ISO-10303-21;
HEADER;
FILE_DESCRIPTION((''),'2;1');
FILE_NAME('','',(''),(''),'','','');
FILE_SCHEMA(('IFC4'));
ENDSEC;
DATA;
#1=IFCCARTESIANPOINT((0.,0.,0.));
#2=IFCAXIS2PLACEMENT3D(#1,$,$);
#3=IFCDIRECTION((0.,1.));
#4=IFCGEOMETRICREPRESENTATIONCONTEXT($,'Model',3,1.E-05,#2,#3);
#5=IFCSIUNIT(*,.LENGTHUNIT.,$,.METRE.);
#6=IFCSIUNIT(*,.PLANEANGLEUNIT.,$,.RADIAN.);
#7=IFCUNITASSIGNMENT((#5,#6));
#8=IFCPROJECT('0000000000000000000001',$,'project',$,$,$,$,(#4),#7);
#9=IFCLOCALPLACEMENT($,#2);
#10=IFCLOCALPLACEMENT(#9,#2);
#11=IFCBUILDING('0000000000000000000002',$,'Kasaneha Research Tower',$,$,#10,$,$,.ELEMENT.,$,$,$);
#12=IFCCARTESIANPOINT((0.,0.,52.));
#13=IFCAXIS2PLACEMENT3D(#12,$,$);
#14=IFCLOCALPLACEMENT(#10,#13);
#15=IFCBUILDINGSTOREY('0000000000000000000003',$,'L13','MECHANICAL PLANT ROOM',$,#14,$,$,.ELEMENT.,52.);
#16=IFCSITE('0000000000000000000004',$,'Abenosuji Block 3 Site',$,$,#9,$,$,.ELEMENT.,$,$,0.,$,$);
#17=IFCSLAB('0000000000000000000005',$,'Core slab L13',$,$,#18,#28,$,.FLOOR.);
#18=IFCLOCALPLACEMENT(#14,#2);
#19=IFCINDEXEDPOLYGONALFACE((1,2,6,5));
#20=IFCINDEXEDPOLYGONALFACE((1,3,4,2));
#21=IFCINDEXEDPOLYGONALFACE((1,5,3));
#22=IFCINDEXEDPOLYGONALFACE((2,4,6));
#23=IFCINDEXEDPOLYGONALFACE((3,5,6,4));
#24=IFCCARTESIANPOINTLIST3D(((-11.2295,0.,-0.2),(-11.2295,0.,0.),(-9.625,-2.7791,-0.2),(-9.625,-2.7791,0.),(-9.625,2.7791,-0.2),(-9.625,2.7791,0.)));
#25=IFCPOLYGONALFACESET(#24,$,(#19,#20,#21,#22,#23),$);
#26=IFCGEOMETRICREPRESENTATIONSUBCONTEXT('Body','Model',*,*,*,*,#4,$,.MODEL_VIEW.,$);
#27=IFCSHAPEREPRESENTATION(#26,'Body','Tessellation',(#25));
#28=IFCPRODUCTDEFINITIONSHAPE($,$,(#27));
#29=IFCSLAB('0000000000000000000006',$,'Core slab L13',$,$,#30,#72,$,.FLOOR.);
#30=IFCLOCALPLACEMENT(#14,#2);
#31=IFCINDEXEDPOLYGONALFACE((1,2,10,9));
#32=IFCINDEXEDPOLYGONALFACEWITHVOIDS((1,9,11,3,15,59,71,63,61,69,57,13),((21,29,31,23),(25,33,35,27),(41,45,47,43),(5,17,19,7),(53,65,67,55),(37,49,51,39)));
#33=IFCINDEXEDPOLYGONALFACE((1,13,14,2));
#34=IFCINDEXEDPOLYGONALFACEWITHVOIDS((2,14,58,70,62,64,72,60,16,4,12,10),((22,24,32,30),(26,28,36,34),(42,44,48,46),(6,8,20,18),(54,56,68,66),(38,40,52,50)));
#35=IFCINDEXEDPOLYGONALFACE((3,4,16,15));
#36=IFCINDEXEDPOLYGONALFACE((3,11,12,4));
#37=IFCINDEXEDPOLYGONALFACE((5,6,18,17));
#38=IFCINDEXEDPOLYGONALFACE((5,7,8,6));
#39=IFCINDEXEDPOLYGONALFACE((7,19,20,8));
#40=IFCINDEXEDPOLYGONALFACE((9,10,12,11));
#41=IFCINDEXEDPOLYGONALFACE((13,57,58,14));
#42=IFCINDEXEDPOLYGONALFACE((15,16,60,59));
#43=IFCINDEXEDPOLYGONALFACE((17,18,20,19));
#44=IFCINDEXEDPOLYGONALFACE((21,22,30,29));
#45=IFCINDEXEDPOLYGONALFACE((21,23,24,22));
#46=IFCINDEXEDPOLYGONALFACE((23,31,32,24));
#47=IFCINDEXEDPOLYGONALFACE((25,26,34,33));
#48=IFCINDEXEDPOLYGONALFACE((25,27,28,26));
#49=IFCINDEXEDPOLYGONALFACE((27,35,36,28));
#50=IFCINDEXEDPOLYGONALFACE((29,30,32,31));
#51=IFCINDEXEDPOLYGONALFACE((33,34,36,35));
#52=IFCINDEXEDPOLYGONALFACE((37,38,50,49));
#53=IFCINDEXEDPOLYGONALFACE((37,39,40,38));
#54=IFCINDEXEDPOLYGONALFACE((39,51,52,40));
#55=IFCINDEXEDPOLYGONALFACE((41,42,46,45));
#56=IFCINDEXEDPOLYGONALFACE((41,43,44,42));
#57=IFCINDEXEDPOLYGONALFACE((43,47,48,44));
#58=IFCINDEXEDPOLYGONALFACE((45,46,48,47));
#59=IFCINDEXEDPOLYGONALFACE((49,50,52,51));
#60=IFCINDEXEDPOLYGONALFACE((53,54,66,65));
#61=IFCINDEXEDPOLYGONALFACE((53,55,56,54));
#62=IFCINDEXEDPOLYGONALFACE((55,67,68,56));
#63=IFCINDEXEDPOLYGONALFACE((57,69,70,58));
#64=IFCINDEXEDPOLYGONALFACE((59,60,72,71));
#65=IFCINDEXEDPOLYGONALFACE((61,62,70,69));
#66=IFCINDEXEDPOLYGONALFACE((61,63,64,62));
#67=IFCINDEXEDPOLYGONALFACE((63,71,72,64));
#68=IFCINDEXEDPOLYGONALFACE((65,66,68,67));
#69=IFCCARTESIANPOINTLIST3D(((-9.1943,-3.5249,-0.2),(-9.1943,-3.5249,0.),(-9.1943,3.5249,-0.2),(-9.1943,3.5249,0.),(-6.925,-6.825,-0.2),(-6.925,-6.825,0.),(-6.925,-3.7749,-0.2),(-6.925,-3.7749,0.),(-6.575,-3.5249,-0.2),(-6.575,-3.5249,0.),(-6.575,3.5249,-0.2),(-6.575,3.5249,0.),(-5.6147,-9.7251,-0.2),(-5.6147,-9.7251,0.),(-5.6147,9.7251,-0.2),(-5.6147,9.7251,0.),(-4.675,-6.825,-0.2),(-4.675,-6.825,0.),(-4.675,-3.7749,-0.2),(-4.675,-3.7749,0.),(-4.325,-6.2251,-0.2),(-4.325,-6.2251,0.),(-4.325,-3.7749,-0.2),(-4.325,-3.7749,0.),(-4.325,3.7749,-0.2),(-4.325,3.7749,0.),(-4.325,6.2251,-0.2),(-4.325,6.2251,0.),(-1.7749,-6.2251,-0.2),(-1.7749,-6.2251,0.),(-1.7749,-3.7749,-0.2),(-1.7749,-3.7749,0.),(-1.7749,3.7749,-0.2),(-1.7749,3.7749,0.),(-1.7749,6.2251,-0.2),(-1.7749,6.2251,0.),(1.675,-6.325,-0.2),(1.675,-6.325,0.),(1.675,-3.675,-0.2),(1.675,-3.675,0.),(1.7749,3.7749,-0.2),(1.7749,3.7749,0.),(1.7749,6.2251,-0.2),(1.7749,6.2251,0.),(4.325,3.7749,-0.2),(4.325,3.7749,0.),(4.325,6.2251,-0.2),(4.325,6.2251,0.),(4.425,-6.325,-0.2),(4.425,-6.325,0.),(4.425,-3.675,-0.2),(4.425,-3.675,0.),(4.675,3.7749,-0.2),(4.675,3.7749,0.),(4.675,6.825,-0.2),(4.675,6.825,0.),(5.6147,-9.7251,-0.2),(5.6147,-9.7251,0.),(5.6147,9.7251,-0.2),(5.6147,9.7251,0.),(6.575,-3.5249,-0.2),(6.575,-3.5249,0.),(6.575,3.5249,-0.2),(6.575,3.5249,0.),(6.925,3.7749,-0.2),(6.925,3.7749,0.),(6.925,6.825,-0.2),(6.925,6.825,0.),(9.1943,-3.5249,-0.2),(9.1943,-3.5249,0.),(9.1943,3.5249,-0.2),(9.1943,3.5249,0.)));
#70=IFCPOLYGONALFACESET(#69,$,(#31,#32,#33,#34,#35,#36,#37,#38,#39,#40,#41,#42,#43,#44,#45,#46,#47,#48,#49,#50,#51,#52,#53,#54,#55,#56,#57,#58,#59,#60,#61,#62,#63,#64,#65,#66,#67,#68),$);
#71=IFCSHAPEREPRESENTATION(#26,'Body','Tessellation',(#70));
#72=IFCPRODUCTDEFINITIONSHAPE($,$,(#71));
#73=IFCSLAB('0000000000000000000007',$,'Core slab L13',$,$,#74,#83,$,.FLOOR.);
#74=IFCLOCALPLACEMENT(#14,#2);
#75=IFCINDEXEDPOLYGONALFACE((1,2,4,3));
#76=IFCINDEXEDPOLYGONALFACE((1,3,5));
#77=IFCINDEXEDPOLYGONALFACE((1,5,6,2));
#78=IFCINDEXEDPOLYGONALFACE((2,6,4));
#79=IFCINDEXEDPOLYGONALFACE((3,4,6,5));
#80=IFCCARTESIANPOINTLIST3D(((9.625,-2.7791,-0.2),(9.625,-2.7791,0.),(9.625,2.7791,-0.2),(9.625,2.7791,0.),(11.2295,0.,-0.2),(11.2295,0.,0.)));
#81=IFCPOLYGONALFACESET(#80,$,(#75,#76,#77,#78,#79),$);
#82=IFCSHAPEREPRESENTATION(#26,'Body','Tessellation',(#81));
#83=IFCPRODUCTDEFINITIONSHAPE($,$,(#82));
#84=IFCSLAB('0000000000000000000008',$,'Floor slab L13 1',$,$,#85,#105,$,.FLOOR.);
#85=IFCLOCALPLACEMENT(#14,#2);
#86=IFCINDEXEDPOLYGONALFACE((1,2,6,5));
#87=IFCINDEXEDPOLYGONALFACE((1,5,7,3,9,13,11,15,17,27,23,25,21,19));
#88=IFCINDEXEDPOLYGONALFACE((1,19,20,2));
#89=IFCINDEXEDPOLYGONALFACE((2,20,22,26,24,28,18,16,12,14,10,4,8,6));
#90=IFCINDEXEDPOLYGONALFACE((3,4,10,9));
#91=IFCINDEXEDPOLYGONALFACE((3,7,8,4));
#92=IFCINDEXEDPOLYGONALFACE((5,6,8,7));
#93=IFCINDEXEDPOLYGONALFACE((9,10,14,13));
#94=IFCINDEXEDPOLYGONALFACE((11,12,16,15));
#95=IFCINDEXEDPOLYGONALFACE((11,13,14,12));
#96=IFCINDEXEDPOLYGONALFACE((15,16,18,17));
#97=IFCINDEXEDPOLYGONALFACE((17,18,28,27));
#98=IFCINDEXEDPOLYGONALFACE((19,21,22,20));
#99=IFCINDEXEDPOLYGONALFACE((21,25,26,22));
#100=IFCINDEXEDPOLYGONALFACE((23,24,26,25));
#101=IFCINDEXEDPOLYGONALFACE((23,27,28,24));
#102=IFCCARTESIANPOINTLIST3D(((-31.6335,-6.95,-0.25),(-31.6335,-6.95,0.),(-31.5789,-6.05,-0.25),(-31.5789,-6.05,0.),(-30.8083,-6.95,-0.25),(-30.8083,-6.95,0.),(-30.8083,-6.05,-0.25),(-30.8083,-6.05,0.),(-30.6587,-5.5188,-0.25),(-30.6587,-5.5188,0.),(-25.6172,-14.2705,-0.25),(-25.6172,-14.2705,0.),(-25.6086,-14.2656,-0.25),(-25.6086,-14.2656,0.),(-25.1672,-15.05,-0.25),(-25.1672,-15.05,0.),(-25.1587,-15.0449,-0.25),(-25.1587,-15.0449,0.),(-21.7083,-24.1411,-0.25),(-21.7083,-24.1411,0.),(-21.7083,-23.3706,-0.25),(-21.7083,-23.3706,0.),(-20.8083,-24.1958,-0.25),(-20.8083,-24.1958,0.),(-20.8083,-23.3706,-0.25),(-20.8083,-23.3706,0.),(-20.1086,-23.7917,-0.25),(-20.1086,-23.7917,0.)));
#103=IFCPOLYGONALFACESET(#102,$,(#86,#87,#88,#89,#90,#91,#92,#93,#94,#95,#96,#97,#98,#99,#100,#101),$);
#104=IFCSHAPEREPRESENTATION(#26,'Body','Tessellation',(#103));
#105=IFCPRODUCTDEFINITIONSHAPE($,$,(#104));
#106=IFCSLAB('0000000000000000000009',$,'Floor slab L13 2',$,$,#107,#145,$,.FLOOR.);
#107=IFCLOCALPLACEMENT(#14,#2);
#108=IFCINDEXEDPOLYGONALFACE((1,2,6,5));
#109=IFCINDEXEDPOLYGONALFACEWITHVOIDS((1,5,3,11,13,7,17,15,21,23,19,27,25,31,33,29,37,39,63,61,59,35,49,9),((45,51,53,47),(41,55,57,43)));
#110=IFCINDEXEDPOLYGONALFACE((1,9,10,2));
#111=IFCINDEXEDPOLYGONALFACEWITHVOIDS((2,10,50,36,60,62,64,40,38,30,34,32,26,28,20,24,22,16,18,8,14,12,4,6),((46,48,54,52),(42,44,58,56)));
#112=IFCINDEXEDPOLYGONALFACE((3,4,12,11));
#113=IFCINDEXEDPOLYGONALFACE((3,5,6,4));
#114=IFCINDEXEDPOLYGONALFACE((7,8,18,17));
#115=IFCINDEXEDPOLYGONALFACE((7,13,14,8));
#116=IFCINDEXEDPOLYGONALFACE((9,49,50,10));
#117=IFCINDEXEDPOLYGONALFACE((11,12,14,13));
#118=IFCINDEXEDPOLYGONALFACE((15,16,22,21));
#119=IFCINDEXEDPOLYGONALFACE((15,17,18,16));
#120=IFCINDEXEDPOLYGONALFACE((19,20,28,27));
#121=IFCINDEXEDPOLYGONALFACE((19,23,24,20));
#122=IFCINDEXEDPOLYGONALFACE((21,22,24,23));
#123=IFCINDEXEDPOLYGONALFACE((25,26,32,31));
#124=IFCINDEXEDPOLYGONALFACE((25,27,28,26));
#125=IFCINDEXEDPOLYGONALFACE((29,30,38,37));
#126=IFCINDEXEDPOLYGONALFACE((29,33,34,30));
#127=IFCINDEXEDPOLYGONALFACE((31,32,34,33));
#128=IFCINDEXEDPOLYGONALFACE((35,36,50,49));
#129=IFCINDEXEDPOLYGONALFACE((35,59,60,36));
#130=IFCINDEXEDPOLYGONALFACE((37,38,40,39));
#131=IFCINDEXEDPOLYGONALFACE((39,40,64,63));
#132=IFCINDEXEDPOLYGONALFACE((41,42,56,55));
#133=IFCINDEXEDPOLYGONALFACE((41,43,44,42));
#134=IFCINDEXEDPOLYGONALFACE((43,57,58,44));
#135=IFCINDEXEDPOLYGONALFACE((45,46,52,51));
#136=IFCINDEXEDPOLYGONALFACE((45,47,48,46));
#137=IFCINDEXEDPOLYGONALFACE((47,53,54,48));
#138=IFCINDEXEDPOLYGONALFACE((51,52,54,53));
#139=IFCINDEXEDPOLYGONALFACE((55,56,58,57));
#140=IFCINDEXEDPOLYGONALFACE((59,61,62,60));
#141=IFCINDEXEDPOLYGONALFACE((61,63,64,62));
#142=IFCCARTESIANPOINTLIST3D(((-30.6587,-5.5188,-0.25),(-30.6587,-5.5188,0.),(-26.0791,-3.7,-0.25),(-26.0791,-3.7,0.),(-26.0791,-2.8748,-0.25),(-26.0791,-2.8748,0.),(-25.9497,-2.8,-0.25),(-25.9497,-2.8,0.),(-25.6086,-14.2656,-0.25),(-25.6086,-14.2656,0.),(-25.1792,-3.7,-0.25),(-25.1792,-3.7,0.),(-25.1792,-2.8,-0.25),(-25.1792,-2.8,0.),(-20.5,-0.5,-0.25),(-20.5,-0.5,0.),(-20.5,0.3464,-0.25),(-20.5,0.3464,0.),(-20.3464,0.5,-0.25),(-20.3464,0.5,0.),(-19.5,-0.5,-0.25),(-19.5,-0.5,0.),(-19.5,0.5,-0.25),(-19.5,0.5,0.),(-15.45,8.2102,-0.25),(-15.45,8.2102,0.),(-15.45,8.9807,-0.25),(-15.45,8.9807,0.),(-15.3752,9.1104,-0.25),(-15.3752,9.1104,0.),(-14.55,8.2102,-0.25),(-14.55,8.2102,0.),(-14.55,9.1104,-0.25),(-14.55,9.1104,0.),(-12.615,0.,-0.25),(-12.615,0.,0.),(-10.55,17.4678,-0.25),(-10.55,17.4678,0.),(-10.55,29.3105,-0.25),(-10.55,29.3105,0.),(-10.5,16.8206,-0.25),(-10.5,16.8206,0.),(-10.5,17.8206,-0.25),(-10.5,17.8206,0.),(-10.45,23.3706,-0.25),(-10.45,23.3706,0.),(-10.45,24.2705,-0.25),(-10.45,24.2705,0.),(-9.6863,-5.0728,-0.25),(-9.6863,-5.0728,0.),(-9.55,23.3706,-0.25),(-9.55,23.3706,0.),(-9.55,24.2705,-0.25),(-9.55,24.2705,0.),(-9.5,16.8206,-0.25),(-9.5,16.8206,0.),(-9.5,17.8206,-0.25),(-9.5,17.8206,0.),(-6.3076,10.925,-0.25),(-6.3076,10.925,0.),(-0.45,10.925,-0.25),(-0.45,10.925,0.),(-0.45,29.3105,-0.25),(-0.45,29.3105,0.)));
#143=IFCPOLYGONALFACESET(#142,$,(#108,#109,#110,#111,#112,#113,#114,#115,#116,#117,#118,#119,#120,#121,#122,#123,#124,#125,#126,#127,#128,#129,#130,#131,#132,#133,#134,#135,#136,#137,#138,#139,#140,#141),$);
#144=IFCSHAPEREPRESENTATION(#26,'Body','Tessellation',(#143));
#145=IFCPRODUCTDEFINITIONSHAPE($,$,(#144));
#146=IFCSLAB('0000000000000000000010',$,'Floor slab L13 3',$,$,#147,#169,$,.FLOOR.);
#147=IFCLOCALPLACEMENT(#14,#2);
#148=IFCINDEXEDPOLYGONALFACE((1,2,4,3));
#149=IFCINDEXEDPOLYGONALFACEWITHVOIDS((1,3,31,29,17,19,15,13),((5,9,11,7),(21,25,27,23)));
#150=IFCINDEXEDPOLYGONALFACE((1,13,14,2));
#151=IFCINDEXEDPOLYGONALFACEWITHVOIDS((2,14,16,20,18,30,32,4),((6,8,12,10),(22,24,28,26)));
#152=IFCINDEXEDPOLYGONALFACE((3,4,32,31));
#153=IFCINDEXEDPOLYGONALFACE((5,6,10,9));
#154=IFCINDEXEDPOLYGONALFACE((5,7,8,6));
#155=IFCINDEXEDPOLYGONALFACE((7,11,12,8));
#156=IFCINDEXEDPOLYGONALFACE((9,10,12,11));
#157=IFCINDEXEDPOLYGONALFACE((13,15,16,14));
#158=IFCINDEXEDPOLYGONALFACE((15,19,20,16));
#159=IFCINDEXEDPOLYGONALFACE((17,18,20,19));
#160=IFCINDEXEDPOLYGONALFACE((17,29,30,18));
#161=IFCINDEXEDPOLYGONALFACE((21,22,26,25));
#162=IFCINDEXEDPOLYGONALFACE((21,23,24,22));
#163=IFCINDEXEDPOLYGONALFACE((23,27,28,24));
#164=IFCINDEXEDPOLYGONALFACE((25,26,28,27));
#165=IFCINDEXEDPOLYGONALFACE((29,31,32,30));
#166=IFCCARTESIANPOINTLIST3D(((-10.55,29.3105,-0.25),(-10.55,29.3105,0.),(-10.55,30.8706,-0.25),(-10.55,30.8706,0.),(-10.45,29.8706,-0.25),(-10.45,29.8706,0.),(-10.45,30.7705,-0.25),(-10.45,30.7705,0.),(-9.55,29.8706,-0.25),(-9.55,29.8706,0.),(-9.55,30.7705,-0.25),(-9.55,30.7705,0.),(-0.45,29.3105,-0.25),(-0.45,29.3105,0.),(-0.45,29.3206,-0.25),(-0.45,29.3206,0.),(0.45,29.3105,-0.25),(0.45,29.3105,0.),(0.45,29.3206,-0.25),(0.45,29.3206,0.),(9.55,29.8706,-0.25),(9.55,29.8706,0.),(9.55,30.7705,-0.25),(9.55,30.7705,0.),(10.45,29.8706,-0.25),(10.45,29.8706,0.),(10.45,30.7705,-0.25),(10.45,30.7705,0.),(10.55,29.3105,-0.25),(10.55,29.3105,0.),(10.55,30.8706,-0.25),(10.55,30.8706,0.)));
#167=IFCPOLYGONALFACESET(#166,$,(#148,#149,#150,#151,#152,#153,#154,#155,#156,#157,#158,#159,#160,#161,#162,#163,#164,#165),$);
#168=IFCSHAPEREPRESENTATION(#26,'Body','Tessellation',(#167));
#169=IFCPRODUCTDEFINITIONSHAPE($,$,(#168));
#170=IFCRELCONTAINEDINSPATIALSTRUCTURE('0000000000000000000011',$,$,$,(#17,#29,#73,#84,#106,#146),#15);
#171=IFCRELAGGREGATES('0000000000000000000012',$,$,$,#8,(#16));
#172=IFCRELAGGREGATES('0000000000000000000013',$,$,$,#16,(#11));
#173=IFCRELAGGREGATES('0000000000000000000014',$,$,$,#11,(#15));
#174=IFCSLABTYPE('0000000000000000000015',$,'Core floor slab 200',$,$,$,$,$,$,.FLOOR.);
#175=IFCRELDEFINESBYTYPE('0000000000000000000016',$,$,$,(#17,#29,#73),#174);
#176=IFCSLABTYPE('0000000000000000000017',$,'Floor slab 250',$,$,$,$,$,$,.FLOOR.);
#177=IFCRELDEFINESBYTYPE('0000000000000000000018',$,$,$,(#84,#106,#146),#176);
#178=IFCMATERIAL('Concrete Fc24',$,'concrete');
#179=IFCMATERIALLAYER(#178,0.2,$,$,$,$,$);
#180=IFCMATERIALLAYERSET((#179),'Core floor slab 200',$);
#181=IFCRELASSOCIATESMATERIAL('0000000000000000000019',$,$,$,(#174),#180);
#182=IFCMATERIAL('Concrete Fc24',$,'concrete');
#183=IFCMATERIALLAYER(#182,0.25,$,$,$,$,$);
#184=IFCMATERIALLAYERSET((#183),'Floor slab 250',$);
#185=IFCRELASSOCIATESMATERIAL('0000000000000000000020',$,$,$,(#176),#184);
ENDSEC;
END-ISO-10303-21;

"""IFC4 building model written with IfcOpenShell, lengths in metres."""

from ifc_helpers import new_model, si_unit, direction, frame, origin, place, context, subcontext, project, spatial, polyline, outline, extrude, material, layer, layer_set, type_object, element, save


model = new_model("IFC4")

# Units and contexts
model_context = context("Model", 3, precision=1e-05, world=origin(), true_north=direction((0.0, 1.0)))
body_context = subcontext(model_context, "Body", "Model", "MODEL_VIEW")
ifc_project = project(units=[si_unit("LENGTHUNIT", "METRE"), si_unit("PLANEANGLEUNIT", "RADIAN")], contexts=[model_context])

# Site, building, storey
site_placement = place(None, origin())
site = spatial("IfcSite", under=ifc_project, at=site_placement, Name="Abenosuji Block 3 Site", CompositionType="ELEMENT", RefElevation=0.0)
building_placement = place(site_placement, origin())
building = spatial("IfcBuilding", under=site, at=building_placement, Name="Kasaneha Research Tower", CompositionType="ELEMENT")
storey_placement = place(building_placement, frame((0.0, 0.0, 52.0)))
storey = spatial("IfcBuildingStorey", under=building, at=storey_placement, Name="L13", Description="MECHANICAL PLANT ROOM", CompositionType="ELEMENT", Elevation=52.0)

# Slabs
ifc_material_1 = material(Name="Concrete Fc24", Category="concrete")
ifc_layer_1 = layer(ifc_material_1, 0.2)
ifc_layer_set_1 = layer_set([ifc_layer_1], Name="Core floor slab 200")
slab_type_1 = type_object("IfcSlabType", Name="Core floor slab 200", PredefinedType="FLOOR", material=ifc_layer_set_1)
slab_1_placement = place(storey_placement, frame((0.0, 0.0, -0.2)))
element("IfcSlab", 1, at=slab_1_placement, inside=storey, type_object=slab_type_1, Name="Core slab L13", PredefinedType="FLOOR", context=body_context, shape_type="SweptSolid", body=[
    extrude(outline(polyline([(-11.2295, 0.0), (-9.625, 2.7791), (-9.625, -2.7791), (-11.2295, 0.0)])), origin(), (0.0, 0.0, 1.0), 0.2),
])
slab_2_placement = place(storey_placement, frame((0.0, 0.0, -0.2)))
element("IfcSlab", 2, at=slab_2_placement, inside=storey, type_object=slab_type_1, Name="Core slab L13", PredefinedType="FLOOR", context=body_context, shape_type="SweptSolid", body=[
    extrude(outline(polyline([(-5.6147, 9.7251), (5.6147, 9.7251), (9.1943, 3.5249), (6.575, 3.5249), (6.575, -3.5249), (9.1943, -3.5249), (5.6147, -9.7251), (-5.6147, -9.7251), (-9.1943, -3.5249), (-6.575, -3.5249), (-6.575, 3.5249), (-9.1943, 3.5249), (-5.6147, 9.7251)]), holes=[polyline([(-6.925, -3.7749), (-6.925, -6.825), (-4.675, -6.825), (-4.675, -3.7749), (-6.925, -3.7749)]), polyline([(-4.325, -3.7749), (-4.325, -6.2251), (-1.7749, -6.2251), (-1.7749, -3.7749), (-4.325, -3.7749)]), polyline([(1.675, -3.675), (1.675, -6.325), (4.425, -6.325), (4.425, -3.675), (1.675, -3.675)]), polyline([(-4.325, 6.2251), (-4.325, 3.7749), (-1.7749, 3.7749), (-1.7749, 6.2251), (-4.325, 6.2251)]), polyline([(1.7749, 6.2251), (1.7749, 3.7749), (4.325, 3.7749), (4.325, 6.2251), (1.7749, 6.2251)]), polyline([(4.675, 6.825), (4.675, 3.7749), (6.925, 3.7749), (6.925, 6.825), (4.675, 6.825)])]), origin(), (0.0, 0.0, 1.0), 0.2),
])
slab_3_placement = place(storey_placement, frame((0.0, 0.0, -0.2)))
element("IfcSlab", 3, at=slab_3_placement, inside=storey, type_object=slab_type_1, Name="Core slab L13", PredefinedType="FLOOR", context=body_context, shape_type="SweptSolid", body=[
    extrude(outline(polyline([(11.2295, 0.0), (9.625, -2.7791), (9.625, 2.7791), (11.2295, 0.0)])), origin(), (0.0, 0.0, 1.0), 0.2),
])
ifc_material_2 = material(Name="Concrete Fc24", Category="concrete")
ifc_layer_2 = layer(ifc_material_2, 0.25)
ifc_layer_set_2 = layer_set([ifc_layer_2], Name="Floor slab 250")
slab_type_2 = type_object("IfcSlabType", Name="Floor slab 250", PredefinedType="FLOOR", material=ifc_layer_set_2)
slab_4_placement = place(storey_placement, frame((0.0, 0.0, -0.25)))
element("IfcSlab", 4, at=slab_4_placement, inside=storey, type_object=slab_type_2, Name="Floor slab L13 1", PredefinedType="FLOOR", context=body_context, shape_type="SweptSolid", body=[
    extrude(outline(polyline([(-25.1672, -15.05), (-25.1587, -15.0449), (-20.1086, -23.7917), (-20.8083, -24.1958), (-20.8083, -23.3706), (-21.7083, -23.3706), (-21.7083, -24.1411), (-31.6335, -6.95), (-30.8083, -6.95), (-30.8083, -6.05), (-31.5789, -6.05), (-30.6587, -5.5188), (-25.6086, -14.2656), (-25.6172, -14.2705), (-25.1672, -15.05)])), origin(), (0.0, 0.0, 1.0), 0.25),
])
slab_5_placement = place(storey_placement, frame((0.0, 0.0, -0.25)))
element("IfcSlab", 5, at=slab_5_placement, inside=storey, type_object=slab_type_2, Name="Floor slab L13 2", PredefinedType="FLOOR", context=body_context, shape_type="SweptSolid", body=[
    extrude(outline(polyline([(-25.1792, -2.8), (-25.9497, -2.8), (-20.5, 0.3464), (-20.5, -0.5), (-19.5, -0.5), (-19.5, 0.5), (-20.3464, 0.5), (-15.45, 8.9807), (-15.45, 8.2102), (-14.55, 8.2102), (-14.55, 9.1104), (-15.3752, 9.1104), (-10.55, 17.4678), (-10.55, 29.3105), (-0.45, 29.3105), (-0.45, 10.925), (-6.3076, 10.925), (-12.615, 0.0), (-9.6863, -5.0728), (-25.6086, -14.2656), (-30.6587, -5.5188), (-26.0791, -2.8748), (-26.0791, -3.7), (-25.1792, -3.7), (-25.1792, -2.8)]), holes=[polyline([(-9.5, 16.8206), (-9.5, 17.8206), (-10.5, 17.8206), (-10.5, 16.8206), (-9.5, 16.8206)]), polyline([(-10.45, 23.3706), (-9.55, 23.3706), (-9.55, 24.2705), (-10.45, 24.2705), (-10.45, 23.3706)])]), origin(), (0.0, 0.0, 1.0), 0.25),
])
slab_6_placement = place(storey_placement, frame((0.0, 0.0, -0.25)))
element("IfcSlab", 6, at=slab_6_placement, inside=storey, type_object=slab_type_2, Name="Floor slab L13 3", PredefinedType="FLOOR", context=body_context, shape_type="SweptSolid", body=[
    extrude(outline(polyline([(10.55, 29.3105), (0.45, 29.3105), (0.45, 29.3206), (-0.45, 29.3206), (-0.45, 29.3105), (-10.55, 29.3105), (-10.55, 30.8706), (10.55, 30.8706), (10.55, 29.3105)]), holes=[polyline([(-9.55, 29.8706), (-9.55, 30.7705), (-10.45, 30.7705), (-10.45, 29.8706), (-9.55, 29.8706)]), polyline([(9.55, 29.8706), (10.45, 29.8706), (10.45, 30.7705), (9.55, 30.7705), (9.55, 29.8706)])]), origin(), (0.0, 0.0, 1.0), 0.25),
])

save(model, "model.ifc")
